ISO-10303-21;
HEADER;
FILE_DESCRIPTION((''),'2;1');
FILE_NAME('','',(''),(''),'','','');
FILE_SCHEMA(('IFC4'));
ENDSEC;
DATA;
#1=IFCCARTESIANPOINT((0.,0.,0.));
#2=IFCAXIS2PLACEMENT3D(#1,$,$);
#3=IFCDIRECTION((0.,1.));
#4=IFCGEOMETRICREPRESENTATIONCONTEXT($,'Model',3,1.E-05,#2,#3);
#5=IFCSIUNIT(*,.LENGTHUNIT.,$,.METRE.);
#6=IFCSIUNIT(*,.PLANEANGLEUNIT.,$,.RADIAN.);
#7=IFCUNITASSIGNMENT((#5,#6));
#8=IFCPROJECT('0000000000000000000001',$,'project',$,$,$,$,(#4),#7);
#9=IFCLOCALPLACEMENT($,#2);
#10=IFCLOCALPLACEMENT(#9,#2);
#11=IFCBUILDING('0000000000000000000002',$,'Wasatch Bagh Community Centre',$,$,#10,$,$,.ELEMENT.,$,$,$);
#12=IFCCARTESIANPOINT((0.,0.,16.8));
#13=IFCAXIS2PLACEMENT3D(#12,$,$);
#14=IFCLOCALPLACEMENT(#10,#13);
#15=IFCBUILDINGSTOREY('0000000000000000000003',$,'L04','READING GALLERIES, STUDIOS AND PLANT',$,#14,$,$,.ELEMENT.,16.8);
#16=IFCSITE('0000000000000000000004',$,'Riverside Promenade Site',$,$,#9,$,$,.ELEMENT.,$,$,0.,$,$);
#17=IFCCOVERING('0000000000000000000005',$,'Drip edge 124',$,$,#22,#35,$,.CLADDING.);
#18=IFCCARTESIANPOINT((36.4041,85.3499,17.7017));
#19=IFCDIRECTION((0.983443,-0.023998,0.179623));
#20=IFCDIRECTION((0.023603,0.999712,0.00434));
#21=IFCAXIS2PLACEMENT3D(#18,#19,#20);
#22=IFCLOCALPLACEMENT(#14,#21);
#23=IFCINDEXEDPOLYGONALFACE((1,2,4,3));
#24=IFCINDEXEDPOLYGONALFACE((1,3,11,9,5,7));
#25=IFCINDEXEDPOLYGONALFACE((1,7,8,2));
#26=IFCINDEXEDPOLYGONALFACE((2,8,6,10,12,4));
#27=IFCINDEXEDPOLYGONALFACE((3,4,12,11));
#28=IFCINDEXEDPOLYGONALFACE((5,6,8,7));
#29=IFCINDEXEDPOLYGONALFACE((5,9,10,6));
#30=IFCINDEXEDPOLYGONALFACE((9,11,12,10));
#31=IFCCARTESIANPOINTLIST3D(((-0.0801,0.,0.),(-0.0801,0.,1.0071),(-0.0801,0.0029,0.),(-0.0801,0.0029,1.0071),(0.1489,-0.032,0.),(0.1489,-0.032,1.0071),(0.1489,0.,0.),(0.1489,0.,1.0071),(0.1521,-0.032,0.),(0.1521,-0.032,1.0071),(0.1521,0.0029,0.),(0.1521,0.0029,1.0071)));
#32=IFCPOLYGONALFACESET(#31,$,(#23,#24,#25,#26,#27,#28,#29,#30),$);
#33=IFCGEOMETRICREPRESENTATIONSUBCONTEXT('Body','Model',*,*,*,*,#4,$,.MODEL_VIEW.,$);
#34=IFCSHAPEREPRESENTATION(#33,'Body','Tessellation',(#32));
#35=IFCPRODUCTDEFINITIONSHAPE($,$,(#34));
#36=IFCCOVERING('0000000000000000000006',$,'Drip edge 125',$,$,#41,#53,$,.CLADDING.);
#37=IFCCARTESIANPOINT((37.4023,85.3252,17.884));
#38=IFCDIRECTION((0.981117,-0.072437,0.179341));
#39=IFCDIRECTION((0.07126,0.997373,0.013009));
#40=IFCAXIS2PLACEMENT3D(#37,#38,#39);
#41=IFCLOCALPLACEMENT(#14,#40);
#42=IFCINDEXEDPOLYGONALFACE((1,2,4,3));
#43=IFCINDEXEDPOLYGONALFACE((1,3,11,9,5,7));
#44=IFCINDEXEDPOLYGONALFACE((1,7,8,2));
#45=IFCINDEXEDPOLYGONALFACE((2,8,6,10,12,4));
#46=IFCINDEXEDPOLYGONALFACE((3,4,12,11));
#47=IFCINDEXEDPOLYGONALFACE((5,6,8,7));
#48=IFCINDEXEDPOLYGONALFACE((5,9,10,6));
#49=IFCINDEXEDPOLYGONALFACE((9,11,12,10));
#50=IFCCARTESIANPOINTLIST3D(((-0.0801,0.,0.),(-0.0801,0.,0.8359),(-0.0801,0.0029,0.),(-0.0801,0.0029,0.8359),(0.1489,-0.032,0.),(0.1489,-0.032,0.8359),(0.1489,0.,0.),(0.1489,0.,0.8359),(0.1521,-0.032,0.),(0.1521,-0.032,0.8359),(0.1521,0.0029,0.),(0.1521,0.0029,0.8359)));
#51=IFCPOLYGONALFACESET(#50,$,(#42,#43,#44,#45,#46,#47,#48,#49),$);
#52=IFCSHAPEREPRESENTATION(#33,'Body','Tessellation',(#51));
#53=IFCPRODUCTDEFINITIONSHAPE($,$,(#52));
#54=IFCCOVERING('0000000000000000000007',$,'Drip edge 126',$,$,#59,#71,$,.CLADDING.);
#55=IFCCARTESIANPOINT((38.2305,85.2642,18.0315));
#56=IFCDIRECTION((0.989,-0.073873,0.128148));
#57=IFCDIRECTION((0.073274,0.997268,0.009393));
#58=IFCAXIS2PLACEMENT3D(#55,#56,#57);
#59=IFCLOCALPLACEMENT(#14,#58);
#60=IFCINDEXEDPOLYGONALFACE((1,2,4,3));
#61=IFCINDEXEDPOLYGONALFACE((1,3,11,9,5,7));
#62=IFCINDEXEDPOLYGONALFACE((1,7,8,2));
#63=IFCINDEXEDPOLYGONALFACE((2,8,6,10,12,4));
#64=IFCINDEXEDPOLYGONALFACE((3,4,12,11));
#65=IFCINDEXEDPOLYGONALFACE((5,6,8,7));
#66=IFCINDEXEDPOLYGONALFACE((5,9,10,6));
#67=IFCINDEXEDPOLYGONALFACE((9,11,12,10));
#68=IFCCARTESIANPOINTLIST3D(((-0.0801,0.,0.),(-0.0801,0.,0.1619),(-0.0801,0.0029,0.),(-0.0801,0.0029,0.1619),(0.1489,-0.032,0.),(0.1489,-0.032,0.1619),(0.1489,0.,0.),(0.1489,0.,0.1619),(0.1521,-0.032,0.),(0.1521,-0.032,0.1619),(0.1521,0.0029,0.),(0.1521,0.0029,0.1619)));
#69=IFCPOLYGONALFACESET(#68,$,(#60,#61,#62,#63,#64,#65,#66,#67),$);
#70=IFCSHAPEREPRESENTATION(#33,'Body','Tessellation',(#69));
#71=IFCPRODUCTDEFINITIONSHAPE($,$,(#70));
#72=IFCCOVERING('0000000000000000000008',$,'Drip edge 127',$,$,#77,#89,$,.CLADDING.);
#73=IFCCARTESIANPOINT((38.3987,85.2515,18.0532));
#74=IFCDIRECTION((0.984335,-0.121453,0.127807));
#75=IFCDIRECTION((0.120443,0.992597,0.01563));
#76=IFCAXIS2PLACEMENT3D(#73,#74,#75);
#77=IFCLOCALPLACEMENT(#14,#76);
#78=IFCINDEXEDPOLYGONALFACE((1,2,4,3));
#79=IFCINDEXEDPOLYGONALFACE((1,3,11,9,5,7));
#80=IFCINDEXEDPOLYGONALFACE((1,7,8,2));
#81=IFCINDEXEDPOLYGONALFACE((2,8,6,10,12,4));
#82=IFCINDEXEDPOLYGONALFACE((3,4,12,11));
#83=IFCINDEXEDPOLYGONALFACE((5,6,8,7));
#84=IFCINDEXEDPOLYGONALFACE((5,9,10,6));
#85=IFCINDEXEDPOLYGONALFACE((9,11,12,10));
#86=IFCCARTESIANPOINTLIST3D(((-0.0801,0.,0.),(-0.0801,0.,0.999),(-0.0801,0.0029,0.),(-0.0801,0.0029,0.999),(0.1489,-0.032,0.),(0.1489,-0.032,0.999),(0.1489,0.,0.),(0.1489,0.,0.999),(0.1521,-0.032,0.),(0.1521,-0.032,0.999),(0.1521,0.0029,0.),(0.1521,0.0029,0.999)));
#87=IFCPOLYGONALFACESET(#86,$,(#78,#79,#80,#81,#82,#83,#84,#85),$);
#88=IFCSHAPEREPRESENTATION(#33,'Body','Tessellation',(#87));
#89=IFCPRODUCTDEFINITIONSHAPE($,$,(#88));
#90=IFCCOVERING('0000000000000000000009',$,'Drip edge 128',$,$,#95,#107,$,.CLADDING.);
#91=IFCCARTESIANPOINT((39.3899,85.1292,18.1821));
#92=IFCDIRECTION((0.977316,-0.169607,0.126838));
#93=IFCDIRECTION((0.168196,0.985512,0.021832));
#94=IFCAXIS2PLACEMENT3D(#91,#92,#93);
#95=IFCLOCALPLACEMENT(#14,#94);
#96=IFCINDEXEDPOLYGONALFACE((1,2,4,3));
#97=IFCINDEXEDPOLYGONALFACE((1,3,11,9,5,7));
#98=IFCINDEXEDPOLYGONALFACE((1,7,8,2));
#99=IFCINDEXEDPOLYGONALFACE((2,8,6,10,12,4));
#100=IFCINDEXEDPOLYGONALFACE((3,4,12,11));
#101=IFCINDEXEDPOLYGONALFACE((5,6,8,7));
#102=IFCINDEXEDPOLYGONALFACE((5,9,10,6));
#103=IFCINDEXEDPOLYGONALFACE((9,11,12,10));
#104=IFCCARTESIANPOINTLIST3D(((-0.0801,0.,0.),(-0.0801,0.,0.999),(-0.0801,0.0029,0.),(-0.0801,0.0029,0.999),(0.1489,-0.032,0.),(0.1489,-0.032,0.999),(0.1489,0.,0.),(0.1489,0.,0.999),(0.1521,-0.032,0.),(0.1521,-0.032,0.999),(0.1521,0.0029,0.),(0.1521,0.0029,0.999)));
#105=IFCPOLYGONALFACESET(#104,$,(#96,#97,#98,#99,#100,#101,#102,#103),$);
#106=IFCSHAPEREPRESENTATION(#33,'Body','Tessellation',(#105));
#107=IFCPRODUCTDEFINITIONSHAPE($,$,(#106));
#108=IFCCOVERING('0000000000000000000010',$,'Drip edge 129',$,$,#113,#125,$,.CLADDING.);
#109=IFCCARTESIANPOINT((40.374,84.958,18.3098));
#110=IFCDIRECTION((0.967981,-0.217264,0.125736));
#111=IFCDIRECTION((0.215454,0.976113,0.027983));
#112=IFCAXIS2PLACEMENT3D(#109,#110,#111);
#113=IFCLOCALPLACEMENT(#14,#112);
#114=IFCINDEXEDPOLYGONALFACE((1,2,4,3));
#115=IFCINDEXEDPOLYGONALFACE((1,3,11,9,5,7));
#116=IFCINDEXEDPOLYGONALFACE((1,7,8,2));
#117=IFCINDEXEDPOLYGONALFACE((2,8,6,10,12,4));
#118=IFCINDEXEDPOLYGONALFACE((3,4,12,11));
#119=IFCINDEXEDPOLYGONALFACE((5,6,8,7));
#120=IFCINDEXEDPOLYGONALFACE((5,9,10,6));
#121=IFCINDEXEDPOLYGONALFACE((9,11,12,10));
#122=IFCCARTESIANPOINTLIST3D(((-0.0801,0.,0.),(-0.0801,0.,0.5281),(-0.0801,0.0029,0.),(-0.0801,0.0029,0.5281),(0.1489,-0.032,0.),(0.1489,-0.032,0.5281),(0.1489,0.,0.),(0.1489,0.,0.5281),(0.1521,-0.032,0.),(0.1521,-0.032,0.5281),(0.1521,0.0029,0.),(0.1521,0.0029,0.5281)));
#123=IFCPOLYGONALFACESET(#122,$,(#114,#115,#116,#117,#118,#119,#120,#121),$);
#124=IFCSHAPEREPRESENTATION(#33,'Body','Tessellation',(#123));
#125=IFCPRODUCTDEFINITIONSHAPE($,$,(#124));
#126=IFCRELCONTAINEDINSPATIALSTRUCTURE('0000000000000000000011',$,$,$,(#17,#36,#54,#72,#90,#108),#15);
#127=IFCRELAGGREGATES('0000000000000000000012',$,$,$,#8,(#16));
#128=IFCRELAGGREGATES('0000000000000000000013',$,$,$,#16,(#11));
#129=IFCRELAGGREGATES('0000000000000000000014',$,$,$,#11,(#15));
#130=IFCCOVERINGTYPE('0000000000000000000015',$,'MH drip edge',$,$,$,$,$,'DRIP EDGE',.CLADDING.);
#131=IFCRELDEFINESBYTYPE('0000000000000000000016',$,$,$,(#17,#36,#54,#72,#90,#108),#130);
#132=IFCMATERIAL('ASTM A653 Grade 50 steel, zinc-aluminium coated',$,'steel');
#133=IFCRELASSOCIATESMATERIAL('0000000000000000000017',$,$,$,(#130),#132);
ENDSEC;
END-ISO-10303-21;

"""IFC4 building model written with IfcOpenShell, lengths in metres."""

from ifc_helpers import new_model, si_unit, direction, frame, origin, place, context, subcontext, project, spatial, polyline, outline, extrude, material, material_profile, profile_set, type_object, element, save


model = new_model("IFC4")

# Units and contexts
model_context = context("Model", 3, precision=1e-05, world=origin(), true_north=direction((0.0, 1.0)))
body_context = subcontext(model_context, "Body", "Model", "MODEL_VIEW")
ifc_project = project(units=[si_unit("LENGTHUNIT", "METRE"), si_unit("PLANEANGLEUNIT", "RADIAN")], contexts=[model_context])

# Site, building, storey
site_placement = place(None, origin())
site = spatial("IfcSite", under=ifc_project, at=site_placement, Name="Riverside Promenade Site", CompositionType="ELEMENT", RefElevation=0.0)
building_placement = place(site_placement, origin())
building = spatial("IfcBuilding", under=site, at=building_placement, Name="Wasatch Bagh Community Centre", CompositionType="ELEMENT")
storey_placement = place(building_placement, frame((0.0, 0.0, 16.8)))
storey = spatial("IfcBuildingStorey", under=building, at=storey_placement, Name="L04", Description="READING GALLERIES, STUDIOS AND PLANT", CompositionType="ELEMENT", Elevation=16.8)

# Coverings
ifc_material_1 = material(Name="ASTM A653 Grade 50 steel, zinc-aluminium coated", Category="steel")
ifc_material_profile_1 = material_profile(ifc_material_1, outline(polyline([(-0.0801, 0.0029), (0.1521, 0.0029), (0.1521, -0.032), (0.1489, -0.032), (0.1489, 0.0), (-0.0801, 0.0), (-0.0801, 0.0029)])), Name="DRIP EDGE")
ifc_profile_set_1 = profile_set([ifc_material_profile_1], Name="ASTM A653 Grade 50 steel, zinc-aluminium coated")
covering_type_1 = type_object("IfcCoveringType", Name="MH drip edge", ElementType="DRIP EDGE", PredefinedType="CLADDING", material=ifc_profile_set_1)
covering_1_placement = place(storey_placement, frame((36.4041, 85.3499, 17.7017), z_axis=(0.983443, -0.023998, 0.179623), x_axis=(0.023603, 0.999712, 0.00434)))
element("IfcCovering", 1, at=covering_1_placement, inside=storey, type_object=covering_type_1, Name="Drip edge 124", PredefinedType="CLADDING", context=body_context, shape_type="SweptSolid", body=[
    extrude(outline(polyline([(-0.0801, 0.0029), (0.1521, 0.0029), (0.1521, -0.032), (0.1489, -0.032), (0.1489, 0.0), (-0.0801, 0.0), (-0.0801, 0.0029)])), origin(), (0.0, 0.0, 1.0), 1.0071),
])
covering_2_placement = place(storey_placement, frame((37.4023, 85.3252, 17.884), z_axis=(0.981117, -0.072437, 0.179341), x_axis=(0.07126, 0.997373, 0.013009)))
element("IfcCovering", 2, at=covering_2_placement, inside=storey, type_object=covering_type_1, Name="Drip edge 125", PredefinedType="CLADDING", context=body_context, shape_type="SweptSolid", body=[
    extrude(outline(polyline([(-0.0801, 0.0029), (0.1521, 0.0029), (0.1521, -0.032), (0.1489, -0.032), (0.1489, 0.0), (-0.0801, 0.0), (-0.0801, 0.0029)])), origin(), (0.0, 0.0, 1.0), 0.8359),
])
covering_3_placement = place(storey_placement, frame((38.2305, 85.2642, 18.0315), z_axis=(0.989, -0.073873, 0.128148), x_axis=(0.073274, 0.997268, 0.009393)))
element("IfcCovering", 3, at=covering_3_placement, inside=storey, type_object=covering_type_1, Name="Drip edge 126", PredefinedType="CLADDING", context=body_context, shape_type="SweptSolid", body=[
    extrude(outline(polyline([(-0.0801, 0.0029), (0.1521, 0.0029), (0.1521, -0.032), (0.1489, -0.032), (0.1489, 0.0), (-0.0801, 0.0), (-0.0801, 0.0029)])), origin(), (0.0, 0.0, 1.0), 0.1619),
])
for number, where, z_axis, x_axis, name in (
    (4, (38.3987, 85.2515, 18.0532), (0.984335, -0.121453, 0.127807), (0.120443, 0.992597, 0.01563), "Drip edge 127"),
    (5, (39.3899, 85.1292, 18.1821), (0.977316, -0.169607, 0.126838), (0.168196, 0.985512, 0.021832), "Drip edge 128"),
):
    element("IfcCovering", number, at=place(storey_placement, frame(where, z_axis=z_axis, x_axis=x_axis)), inside=storey, type_object=covering_type_1, Name=name, PredefinedType="CLADDING", context=body_context, shape_type="SweptSolid", body=[
        extrude(outline(polyline([(-0.0801, 0.0029), (0.1521, 0.0029), (0.1521, -0.032), (0.1489, -0.032), (0.1489, 0.0), (-0.0801, 0.0), (-0.0801, 0.0029)])), origin(), (0.0, 0.0, 1.0), 0.999),
    ])
covering_4_placement = place(storey_placement, frame((40.374, 84.958, 18.3098), z_axis=(0.967981, -0.217264, 0.125736), x_axis=(0.215454, 0.976113, 0.027983)))
element("IfcCovering", 6, at=covering_4_placement, inside=storey, type_object=covering_type_1, Name="Drip edge 129", PredefinedType="CLADDING", context=body_context, shape_type="SweptSolid", body=[
    extrude(outline(polyline([(-0.0801, 0.0029), (0.1521, 0.0029), (0.1521, -0.032), (0.1489, -0.032), (0.1489, 0.0), (-0.0801, 0.0), (-0.0801, 0.0029)])), origin(), (0.0, 0.0, 1.0), 0.5281),
])

save(model, "model.ifc")
